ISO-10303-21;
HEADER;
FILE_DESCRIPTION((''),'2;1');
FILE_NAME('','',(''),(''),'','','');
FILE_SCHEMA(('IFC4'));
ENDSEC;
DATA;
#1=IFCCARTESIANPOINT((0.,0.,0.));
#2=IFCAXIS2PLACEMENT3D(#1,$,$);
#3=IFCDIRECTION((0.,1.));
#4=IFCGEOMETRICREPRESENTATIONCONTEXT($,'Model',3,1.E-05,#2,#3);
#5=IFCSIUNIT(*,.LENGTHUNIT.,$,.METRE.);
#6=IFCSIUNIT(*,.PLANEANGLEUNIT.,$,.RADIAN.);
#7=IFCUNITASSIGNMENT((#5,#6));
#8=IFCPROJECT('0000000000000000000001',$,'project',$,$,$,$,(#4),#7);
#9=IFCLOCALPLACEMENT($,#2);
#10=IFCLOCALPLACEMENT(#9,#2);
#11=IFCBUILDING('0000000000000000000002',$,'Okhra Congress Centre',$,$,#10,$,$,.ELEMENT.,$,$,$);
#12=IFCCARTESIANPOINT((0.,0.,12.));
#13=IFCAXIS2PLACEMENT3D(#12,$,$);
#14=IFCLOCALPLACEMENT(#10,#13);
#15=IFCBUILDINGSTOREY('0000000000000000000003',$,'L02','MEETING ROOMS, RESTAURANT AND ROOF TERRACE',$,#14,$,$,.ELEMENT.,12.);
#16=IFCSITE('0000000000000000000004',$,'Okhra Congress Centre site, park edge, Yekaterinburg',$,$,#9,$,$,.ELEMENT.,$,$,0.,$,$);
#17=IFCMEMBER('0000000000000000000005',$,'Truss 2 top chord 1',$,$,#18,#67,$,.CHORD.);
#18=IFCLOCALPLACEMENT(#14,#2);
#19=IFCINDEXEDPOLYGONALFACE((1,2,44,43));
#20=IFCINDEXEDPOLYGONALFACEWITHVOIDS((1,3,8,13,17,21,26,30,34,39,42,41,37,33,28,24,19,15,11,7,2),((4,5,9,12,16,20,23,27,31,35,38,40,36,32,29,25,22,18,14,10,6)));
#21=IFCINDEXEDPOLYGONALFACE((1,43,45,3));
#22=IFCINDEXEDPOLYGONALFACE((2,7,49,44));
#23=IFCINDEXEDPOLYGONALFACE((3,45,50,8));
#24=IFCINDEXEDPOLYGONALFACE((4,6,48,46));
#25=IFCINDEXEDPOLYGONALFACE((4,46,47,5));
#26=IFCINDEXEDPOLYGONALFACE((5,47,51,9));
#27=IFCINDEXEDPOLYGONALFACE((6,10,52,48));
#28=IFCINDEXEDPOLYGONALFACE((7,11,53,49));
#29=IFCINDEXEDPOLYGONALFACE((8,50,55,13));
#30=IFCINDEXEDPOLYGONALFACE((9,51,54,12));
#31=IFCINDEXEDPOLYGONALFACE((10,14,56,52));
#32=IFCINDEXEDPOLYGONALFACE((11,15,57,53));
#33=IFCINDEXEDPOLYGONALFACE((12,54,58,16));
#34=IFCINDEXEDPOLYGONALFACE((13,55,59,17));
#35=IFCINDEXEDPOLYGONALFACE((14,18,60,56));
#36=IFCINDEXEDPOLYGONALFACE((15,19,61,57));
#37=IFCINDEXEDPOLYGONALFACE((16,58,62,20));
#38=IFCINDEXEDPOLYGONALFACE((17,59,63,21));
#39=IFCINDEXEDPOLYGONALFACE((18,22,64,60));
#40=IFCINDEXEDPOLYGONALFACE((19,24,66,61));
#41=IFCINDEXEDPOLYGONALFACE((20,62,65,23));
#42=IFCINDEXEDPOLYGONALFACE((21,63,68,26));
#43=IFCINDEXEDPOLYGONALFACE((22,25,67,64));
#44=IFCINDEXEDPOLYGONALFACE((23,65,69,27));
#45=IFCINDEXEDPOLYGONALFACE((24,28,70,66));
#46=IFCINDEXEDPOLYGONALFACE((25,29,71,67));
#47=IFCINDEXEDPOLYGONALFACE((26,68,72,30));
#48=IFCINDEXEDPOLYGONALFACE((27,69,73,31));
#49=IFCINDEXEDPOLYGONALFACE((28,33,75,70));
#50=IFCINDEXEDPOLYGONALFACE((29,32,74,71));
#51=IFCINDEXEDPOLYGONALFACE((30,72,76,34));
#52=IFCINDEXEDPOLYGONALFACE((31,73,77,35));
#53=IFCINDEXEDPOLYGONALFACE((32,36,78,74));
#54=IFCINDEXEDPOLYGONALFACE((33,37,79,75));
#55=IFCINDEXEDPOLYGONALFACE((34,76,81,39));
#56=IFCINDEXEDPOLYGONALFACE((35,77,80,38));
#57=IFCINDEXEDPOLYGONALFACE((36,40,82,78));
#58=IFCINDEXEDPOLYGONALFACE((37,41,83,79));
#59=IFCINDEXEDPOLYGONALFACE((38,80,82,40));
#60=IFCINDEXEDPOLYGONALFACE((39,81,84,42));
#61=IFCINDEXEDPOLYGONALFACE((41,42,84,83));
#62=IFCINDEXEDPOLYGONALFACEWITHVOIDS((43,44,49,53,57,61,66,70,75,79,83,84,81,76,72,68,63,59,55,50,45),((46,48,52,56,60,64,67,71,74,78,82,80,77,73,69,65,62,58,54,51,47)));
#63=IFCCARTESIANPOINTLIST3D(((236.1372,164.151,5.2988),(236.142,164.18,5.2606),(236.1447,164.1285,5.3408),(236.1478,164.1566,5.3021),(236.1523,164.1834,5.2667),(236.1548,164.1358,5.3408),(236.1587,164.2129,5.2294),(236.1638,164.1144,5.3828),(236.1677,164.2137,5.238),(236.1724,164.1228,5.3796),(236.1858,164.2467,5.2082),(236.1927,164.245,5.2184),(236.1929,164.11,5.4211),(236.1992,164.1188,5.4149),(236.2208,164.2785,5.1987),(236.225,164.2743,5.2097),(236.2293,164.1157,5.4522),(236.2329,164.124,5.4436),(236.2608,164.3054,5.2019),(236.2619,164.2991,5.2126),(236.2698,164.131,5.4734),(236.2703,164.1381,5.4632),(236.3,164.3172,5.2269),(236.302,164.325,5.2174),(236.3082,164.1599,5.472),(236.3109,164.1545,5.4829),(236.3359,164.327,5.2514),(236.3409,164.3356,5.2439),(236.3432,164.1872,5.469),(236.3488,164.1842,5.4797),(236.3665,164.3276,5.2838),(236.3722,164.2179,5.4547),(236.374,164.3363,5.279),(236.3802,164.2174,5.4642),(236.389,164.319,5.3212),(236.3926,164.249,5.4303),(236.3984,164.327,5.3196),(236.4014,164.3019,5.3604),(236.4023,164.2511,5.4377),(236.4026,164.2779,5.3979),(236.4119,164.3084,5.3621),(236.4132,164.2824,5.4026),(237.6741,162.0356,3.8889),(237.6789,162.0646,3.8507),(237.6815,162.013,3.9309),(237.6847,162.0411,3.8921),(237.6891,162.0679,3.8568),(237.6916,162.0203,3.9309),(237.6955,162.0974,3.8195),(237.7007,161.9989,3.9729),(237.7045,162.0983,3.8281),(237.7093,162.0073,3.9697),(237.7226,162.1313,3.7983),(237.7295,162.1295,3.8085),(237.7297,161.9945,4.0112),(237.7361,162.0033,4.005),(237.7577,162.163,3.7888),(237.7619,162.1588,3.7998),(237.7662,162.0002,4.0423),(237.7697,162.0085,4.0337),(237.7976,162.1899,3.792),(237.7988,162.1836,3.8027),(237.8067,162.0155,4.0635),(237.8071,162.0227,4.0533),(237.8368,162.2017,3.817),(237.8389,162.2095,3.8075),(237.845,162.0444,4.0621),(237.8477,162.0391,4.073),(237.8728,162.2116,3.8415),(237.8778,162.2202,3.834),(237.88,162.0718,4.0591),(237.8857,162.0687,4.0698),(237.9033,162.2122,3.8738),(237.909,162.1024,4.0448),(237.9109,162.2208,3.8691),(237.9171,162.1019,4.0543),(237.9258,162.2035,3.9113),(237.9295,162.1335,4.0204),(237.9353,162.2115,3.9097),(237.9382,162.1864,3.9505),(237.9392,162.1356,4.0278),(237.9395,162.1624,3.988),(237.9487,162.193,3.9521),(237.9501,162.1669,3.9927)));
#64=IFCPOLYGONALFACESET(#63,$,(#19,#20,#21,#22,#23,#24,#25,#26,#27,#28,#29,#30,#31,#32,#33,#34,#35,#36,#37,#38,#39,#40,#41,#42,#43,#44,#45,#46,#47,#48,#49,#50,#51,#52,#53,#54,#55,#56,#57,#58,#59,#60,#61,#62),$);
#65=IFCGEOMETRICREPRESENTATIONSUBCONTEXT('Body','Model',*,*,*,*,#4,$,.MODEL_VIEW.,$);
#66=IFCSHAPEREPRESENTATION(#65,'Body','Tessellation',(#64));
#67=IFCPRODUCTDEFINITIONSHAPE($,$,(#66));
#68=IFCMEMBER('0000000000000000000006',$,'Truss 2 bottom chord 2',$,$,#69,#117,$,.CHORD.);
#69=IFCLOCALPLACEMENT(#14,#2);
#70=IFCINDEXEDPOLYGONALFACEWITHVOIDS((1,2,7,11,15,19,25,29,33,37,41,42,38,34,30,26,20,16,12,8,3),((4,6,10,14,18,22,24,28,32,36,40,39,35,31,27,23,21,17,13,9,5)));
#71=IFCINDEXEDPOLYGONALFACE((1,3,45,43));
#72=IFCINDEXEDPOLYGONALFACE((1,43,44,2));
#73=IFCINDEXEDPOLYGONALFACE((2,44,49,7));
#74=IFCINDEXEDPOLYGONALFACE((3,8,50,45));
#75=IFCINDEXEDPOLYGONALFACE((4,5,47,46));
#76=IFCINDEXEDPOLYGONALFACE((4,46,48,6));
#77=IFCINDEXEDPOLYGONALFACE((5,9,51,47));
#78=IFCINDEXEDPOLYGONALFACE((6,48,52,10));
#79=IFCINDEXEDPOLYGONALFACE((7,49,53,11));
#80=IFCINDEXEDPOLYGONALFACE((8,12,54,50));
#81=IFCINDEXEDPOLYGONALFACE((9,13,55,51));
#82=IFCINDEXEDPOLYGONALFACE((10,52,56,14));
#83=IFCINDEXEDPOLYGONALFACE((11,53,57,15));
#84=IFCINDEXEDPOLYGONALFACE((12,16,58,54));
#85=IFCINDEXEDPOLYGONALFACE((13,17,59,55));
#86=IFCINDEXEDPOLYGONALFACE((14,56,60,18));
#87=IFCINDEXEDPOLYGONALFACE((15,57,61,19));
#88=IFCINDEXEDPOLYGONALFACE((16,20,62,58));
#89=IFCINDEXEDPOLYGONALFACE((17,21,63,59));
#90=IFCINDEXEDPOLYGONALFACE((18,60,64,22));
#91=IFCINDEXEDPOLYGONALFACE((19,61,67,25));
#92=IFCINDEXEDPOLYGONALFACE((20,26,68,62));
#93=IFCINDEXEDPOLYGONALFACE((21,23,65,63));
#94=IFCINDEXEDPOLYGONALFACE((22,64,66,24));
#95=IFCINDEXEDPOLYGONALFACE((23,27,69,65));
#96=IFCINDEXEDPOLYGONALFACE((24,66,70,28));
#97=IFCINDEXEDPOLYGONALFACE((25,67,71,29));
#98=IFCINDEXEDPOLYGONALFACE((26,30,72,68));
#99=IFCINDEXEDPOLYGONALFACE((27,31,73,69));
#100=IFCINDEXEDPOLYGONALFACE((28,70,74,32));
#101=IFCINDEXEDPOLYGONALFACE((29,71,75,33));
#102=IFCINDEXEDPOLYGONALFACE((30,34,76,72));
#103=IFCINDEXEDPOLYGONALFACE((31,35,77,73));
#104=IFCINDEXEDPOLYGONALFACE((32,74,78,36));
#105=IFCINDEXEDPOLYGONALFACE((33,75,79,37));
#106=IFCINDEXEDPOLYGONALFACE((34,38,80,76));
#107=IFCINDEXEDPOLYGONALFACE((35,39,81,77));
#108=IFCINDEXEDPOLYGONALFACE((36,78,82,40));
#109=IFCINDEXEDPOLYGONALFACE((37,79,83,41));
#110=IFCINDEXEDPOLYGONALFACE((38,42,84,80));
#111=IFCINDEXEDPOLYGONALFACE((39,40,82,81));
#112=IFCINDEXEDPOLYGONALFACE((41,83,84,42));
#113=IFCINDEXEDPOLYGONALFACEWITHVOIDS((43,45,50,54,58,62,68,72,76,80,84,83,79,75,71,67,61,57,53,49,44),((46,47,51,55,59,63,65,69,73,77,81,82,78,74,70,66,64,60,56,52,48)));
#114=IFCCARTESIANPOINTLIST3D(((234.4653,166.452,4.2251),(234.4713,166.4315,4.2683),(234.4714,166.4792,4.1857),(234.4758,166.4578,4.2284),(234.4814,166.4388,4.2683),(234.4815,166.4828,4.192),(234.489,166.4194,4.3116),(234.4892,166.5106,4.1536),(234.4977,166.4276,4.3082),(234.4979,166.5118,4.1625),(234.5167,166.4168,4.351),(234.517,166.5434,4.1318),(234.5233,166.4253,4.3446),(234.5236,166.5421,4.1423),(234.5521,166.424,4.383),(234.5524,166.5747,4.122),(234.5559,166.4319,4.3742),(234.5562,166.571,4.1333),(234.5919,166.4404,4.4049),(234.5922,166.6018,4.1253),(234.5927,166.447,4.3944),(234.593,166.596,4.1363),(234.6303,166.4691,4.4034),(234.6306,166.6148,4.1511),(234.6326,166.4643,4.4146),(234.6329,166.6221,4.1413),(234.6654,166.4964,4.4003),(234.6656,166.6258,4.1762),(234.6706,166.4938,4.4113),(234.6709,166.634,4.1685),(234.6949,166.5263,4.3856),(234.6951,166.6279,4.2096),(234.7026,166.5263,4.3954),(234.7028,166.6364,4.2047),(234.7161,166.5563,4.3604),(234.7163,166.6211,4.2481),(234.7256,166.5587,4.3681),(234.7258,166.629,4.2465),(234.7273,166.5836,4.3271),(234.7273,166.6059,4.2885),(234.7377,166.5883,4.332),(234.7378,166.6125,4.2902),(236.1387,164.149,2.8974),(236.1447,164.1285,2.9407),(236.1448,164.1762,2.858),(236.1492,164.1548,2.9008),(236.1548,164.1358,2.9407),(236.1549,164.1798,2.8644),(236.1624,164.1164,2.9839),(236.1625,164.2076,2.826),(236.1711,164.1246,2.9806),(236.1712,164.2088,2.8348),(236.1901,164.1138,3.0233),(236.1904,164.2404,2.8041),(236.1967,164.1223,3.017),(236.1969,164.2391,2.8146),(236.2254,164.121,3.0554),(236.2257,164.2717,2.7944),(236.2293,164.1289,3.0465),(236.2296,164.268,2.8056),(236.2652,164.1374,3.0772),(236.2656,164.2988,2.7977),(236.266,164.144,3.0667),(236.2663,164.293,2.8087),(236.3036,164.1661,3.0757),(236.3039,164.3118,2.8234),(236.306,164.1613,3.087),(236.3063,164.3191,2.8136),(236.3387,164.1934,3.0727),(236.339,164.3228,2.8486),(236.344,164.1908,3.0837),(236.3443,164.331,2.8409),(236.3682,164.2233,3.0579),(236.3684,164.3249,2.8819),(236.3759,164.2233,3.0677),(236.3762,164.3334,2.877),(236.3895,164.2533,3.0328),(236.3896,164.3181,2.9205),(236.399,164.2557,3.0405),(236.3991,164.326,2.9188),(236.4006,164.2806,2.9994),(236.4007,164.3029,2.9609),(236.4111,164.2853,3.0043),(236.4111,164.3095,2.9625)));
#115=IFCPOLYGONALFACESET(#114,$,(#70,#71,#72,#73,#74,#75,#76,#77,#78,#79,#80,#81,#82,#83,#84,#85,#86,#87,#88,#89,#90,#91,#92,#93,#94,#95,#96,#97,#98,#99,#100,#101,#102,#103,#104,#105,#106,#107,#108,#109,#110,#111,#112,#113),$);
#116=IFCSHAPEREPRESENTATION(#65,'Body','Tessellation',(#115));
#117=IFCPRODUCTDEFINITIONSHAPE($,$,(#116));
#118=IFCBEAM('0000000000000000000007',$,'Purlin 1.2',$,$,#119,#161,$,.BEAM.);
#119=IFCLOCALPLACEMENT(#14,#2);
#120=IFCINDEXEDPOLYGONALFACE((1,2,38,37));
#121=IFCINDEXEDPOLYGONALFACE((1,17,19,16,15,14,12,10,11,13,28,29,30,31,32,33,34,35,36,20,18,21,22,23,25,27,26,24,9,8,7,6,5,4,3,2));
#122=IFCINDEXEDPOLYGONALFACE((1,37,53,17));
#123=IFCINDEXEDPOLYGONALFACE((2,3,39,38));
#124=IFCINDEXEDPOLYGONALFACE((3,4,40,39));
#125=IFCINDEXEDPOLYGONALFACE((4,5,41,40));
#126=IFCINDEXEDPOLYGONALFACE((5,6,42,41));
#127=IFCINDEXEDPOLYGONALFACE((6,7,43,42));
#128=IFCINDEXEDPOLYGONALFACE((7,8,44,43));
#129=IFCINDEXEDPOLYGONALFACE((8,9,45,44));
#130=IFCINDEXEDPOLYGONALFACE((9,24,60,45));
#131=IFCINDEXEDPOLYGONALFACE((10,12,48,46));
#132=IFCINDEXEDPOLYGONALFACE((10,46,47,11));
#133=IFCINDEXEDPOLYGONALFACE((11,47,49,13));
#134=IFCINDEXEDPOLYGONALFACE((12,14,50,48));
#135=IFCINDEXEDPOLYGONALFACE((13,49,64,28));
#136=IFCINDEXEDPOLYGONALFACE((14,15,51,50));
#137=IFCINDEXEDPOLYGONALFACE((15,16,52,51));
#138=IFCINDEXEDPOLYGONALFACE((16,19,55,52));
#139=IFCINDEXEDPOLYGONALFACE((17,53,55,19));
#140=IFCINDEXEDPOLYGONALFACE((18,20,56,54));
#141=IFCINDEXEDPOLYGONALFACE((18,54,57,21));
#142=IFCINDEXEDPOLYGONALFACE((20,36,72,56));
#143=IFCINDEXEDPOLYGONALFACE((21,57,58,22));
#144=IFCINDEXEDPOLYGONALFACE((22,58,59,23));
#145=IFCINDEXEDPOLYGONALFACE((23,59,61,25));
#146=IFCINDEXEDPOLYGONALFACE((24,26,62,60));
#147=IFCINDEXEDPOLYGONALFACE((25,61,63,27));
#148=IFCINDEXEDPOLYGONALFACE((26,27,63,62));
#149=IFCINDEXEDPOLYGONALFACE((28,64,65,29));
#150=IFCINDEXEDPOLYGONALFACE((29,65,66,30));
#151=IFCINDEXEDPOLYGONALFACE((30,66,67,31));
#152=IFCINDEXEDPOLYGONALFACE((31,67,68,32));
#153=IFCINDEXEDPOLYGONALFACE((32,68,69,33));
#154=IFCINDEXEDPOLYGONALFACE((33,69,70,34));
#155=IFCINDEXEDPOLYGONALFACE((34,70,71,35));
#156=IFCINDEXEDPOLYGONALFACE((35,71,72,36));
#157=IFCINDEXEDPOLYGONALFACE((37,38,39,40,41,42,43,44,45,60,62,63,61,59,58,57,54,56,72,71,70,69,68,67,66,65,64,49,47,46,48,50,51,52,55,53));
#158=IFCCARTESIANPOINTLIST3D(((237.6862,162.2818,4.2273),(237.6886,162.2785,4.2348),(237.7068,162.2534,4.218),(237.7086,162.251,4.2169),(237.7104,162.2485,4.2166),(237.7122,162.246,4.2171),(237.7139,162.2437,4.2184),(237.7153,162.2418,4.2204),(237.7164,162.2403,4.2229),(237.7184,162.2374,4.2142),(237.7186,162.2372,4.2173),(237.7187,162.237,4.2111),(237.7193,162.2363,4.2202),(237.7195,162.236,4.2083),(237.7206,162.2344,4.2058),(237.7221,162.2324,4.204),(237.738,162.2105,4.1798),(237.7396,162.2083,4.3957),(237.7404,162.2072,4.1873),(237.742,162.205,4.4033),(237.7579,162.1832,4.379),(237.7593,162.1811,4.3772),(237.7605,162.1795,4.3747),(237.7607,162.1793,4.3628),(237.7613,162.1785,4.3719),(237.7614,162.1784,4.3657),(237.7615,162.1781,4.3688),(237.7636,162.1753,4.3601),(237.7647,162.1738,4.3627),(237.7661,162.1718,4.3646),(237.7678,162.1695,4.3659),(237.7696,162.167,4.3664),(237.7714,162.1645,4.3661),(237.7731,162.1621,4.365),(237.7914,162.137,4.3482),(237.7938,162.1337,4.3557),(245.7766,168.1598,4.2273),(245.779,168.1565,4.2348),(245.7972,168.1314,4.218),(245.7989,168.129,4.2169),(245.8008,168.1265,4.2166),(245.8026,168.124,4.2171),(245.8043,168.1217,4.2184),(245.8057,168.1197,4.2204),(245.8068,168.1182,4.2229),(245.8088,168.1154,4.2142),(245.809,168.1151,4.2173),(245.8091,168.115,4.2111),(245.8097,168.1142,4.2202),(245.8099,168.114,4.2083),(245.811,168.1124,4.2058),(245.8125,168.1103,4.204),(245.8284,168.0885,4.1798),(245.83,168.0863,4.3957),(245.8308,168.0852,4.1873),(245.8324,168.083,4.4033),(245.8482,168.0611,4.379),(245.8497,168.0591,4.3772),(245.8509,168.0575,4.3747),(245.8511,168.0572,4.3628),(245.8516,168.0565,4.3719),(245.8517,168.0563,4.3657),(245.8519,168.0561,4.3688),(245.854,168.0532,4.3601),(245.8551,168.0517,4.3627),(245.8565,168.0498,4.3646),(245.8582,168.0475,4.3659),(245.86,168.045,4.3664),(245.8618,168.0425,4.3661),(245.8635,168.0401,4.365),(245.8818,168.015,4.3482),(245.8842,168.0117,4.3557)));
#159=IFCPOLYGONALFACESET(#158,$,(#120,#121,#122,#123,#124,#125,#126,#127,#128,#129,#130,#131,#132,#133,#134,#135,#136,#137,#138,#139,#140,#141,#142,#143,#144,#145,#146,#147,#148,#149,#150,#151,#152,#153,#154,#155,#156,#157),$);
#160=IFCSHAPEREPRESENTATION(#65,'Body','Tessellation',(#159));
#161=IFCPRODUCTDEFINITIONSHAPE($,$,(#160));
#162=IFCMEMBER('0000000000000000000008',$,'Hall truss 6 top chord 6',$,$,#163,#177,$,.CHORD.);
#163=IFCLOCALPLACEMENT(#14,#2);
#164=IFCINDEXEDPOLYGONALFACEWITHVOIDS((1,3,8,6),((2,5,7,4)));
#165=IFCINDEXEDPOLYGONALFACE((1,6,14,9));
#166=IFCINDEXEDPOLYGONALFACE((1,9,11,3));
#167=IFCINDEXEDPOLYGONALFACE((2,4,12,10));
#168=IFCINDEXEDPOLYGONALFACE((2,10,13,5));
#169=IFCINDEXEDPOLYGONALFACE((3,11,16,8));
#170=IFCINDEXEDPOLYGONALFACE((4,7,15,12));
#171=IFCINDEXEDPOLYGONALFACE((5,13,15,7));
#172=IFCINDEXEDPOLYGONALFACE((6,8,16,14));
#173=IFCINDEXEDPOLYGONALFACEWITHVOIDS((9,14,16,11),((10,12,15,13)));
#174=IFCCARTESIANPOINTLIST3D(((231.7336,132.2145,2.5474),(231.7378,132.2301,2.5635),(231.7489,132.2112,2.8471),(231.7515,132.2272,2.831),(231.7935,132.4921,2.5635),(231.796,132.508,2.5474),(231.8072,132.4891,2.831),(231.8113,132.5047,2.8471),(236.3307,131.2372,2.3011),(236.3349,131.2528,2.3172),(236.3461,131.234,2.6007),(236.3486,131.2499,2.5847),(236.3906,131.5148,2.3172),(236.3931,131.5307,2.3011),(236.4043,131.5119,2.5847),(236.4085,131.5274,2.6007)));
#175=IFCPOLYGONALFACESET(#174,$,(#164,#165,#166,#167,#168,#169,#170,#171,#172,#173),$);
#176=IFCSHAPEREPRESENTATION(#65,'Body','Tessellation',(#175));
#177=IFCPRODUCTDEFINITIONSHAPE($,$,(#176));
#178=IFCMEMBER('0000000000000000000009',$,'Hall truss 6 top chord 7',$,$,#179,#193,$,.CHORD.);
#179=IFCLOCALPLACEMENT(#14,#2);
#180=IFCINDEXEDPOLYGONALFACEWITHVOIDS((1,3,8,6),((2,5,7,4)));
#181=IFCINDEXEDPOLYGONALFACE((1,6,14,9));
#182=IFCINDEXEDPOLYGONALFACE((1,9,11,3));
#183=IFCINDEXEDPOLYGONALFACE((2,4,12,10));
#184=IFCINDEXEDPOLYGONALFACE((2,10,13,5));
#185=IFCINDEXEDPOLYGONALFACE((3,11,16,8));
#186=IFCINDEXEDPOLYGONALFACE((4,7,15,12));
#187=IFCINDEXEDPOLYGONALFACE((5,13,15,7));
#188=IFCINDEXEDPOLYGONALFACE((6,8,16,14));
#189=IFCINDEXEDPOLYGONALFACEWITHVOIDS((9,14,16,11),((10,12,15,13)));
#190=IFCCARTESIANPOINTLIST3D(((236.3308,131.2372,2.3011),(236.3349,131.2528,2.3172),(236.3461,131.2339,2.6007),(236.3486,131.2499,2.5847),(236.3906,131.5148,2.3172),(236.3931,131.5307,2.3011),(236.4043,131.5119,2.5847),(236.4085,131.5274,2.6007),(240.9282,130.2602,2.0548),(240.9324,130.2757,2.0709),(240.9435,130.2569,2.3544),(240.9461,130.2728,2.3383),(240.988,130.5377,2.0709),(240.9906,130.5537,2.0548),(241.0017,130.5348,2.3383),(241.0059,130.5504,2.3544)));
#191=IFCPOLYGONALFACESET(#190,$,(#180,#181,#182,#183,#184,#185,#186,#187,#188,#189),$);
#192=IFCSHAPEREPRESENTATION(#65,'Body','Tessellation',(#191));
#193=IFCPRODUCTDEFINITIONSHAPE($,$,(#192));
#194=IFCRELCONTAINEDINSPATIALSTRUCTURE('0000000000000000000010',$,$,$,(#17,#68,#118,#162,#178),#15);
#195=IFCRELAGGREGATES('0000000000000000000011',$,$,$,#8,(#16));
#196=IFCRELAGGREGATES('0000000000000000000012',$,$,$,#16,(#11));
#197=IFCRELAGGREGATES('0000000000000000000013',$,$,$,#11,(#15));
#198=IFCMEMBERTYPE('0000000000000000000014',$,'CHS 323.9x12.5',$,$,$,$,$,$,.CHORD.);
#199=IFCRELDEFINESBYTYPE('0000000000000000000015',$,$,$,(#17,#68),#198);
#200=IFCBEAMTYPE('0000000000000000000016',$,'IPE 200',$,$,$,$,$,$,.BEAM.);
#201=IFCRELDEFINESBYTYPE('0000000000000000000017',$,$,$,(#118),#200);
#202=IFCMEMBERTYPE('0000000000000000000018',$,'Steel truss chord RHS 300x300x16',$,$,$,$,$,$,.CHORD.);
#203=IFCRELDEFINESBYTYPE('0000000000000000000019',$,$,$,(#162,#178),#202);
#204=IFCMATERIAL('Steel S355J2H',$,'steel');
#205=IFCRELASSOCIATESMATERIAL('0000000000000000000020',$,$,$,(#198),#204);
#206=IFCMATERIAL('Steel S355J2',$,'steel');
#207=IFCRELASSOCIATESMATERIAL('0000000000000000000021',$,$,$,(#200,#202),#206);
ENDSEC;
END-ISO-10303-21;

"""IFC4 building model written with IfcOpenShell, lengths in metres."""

from ifc_helpers import new_model, si_unit, direction, frame, origin, origin_2d, place, context, subcontext, project, spatial, hollow_rectangle, hollow_circle, i_section, extrude, material, material_profile, profile_set, type_object, element, save


model = new_model("IFC4")

# Units and contexts
model_context = context("Model", 3, precision=1e-05, world=origin(), true_north=direction((0.0, 1.0)))
body_context = subcontext(model_context, "Body", "Model", "MODEL_VIEW")
ifc_project = project(units=[si_unit("LENGTHUNIT", "METRE"), si_unit("PLANEANGLEUNIT", "RADIAN")], contexts=[model_context])

# Site, building, storey
site_placement = place(None, origin())
site = spatial("IfcSite", under=ifc_project, at=site_placement, Name="Okhra Congress Centre site, park edge, Yekaterinburg", CompositionType="ELEMENT", RefElevation=0.0)
building_placement = place(site_placement, origin())
building = spatial("IfcBuilding", under=site, at=building_placement, Name="Okhra Congress Centre", CompositionType="ELEMENT")
storey_placement = place(building_placement, frame((0.0, 0.0, 12.0)))
storey = spatial("IfcBuildingStorey", under=building, at=storey_placement, Name="L02", Description="MEETING ROOMS, RESTAURANT AND ROOF TERRACE", CompositionType="ELEMENT", Elevation=12.0)

# Shared definitions
ifc_material_1 = material(Name="Steel S355J2H", Category="steel")

# Members
ifc_material_profile_1 = material_profile(ifc_material_1, hollow_circle(Radius=0.1619, WallThickness=0.0125, at=origin_2d()), Name="CHS 323.9x12.5")
ifc_profile_set_1 = profile_set([ifc_material_profile_1], Name="Steel S355J2H")
member_type_1 = type_object("IfcMemberType", Name="CHS 323.9x12.5", PredefinedType="CHORD", material=ifc_profile_set_1)
for number, where, z_axis, x_axis, name in (
    (1, (237.8125, 162.1082, 3.9309), (-0.517341, 0.712115, 0.474606), (-0.809039, -0.587755, 0.0), "Truss 2 top chord 1"),
):
    element("IfcMember", number, at=place(storey_placement, frame(where, z_axis=z_axis, x_axis=x_axis)), inside=storey, type_object=member_type_1, Name=name, PredefinedType="CHORD", context=body_context, shape_type="SweptSolid", body=[
        extrude(hollow_circle(Radius=0.1619, WallThickness=0.0125, at=origin_2d()), origin(), (0.0, 0.0, 1.0), 2.9707),
    ])
member_1_placement = place(storey_placement, frame((236.2756, 164.2236, 2.9407), z_axis=(-0.532727, 0.73318, 0.422669), x_axis=(-0.808996, -0.587815, 0.0)))
element("IfcMember", 2, at=member_1_placement, inside=storey, type_object=member_type_1, Name="Truss 2 bottom chord 2", PredefinedType="CHORD", context=body_context, shape_type="SweptSolid", body=[
    extrude(hollow_circle(Radius=0.1619, WallThickness=0.0125, at=origin_2d()), origin(), (0.0, 0.0, 1.0), 3.1411),
])

# Beam
ifc_material_2 = material(Name="Steel S355J2", Category="steel")
ifc_material_profile_2 = material_profile(ifc_material_2, i_section(OverallWidth=0.1001, OverallDepth=0.2, WebThickness=0.0056, FlangeThickness=0.0085, FilletRadius=0.012, at=origin_2d()), Name="IPE 200")
ifc_profile_set_2 = profile_set([ifc_material_profile_2], Name="Steel S355J2")
beam_type = type_object("IfcBeamType", Name="IPE 200", PredefinedType="BEAM", material=ifc_profile_set_2)
beam_placement = place(storey_placement, frame((237.74, 162.2078, 4.2915), z_axis=(0.809019, 0.587783, 0.0), x_axis=(-0.517367, 0.7121, 0.4746)))
element("IfcBeam", 3, at=beam_placement, inside=storey, type_object=beam_type, Name="Purlin 1.2", PredefinedType="BEAM", context=body_context, shape_type="SweptSolid", body=[
    extrude(i_section(OverallWidth=0.1001, OverallDepth=0.2, WebThickness=0.0056, FlangeThickness=0.0085, FilletRadius=0.012, at=origin_2d()), origin(), (0.0, 0.0, 1.0), 10.0002),
])

# Members
ifc_material_profile_3 = material_profile(ifc_material_2, hollow_rectangle(XDim=0.3, YDim=0.3, WallThickness=0.0161, at=origin_2d()), Name="RHS 300x300x16")
ifc_profile_set_3 = profile_set([ifc_material_profile_3], Name="Steel S355J2")
member_type_2 = type_object("IfcMemberType", Name="Steel truss chord RHS 300x300x16", PredefinedType="CHORD", material=ifc_profile_set_3)
member_2_placement = place(storey_placement, frame((231.7725, 132.3596, 2.6973), z_axis=(0.976801, -0.207654, -0.052342), x_axis=(0.20794, 0.978142, 0.0)))
element("IfcMember", 4, at=member_2_placement, inside=storey, type_object=member_type_2, Name="Hall truss 6 top chord 6", PredefinedType="CHORD", context=body_context, shape_type="SweptSolid", body=[
    extrude(hollow_rectangle(XDim=0.3, YDim=0.3, WallThickness=0.0161, at=origin_2d()), origin(), (0.0, 0.0, 1.0), 4.7063),
])
member_3_placement = place(storey_placement, frame((236.3696, 131.3823, 2.4509), z_axis=(0.976814, -0.207594, -0.052339), x_axis=(0.207879, 0.978154, 0.0)))
element("IfcMember", 5, at=member_3_placement, inside=storey, type_object=member_type_2, Name="Hall truss 6 top chord 7", PredefinedType="CHORD", context=body_context, shape_type="SweptSolid", body=[
    extrude(hollow_rectangle(XDim=0.3, YDim=0.3, WallThickness=0.0161, at=origin_2d()), origin(), (0.0, 0.0, 1.0), 4.7065),
])

save(model, "model.ifc")
